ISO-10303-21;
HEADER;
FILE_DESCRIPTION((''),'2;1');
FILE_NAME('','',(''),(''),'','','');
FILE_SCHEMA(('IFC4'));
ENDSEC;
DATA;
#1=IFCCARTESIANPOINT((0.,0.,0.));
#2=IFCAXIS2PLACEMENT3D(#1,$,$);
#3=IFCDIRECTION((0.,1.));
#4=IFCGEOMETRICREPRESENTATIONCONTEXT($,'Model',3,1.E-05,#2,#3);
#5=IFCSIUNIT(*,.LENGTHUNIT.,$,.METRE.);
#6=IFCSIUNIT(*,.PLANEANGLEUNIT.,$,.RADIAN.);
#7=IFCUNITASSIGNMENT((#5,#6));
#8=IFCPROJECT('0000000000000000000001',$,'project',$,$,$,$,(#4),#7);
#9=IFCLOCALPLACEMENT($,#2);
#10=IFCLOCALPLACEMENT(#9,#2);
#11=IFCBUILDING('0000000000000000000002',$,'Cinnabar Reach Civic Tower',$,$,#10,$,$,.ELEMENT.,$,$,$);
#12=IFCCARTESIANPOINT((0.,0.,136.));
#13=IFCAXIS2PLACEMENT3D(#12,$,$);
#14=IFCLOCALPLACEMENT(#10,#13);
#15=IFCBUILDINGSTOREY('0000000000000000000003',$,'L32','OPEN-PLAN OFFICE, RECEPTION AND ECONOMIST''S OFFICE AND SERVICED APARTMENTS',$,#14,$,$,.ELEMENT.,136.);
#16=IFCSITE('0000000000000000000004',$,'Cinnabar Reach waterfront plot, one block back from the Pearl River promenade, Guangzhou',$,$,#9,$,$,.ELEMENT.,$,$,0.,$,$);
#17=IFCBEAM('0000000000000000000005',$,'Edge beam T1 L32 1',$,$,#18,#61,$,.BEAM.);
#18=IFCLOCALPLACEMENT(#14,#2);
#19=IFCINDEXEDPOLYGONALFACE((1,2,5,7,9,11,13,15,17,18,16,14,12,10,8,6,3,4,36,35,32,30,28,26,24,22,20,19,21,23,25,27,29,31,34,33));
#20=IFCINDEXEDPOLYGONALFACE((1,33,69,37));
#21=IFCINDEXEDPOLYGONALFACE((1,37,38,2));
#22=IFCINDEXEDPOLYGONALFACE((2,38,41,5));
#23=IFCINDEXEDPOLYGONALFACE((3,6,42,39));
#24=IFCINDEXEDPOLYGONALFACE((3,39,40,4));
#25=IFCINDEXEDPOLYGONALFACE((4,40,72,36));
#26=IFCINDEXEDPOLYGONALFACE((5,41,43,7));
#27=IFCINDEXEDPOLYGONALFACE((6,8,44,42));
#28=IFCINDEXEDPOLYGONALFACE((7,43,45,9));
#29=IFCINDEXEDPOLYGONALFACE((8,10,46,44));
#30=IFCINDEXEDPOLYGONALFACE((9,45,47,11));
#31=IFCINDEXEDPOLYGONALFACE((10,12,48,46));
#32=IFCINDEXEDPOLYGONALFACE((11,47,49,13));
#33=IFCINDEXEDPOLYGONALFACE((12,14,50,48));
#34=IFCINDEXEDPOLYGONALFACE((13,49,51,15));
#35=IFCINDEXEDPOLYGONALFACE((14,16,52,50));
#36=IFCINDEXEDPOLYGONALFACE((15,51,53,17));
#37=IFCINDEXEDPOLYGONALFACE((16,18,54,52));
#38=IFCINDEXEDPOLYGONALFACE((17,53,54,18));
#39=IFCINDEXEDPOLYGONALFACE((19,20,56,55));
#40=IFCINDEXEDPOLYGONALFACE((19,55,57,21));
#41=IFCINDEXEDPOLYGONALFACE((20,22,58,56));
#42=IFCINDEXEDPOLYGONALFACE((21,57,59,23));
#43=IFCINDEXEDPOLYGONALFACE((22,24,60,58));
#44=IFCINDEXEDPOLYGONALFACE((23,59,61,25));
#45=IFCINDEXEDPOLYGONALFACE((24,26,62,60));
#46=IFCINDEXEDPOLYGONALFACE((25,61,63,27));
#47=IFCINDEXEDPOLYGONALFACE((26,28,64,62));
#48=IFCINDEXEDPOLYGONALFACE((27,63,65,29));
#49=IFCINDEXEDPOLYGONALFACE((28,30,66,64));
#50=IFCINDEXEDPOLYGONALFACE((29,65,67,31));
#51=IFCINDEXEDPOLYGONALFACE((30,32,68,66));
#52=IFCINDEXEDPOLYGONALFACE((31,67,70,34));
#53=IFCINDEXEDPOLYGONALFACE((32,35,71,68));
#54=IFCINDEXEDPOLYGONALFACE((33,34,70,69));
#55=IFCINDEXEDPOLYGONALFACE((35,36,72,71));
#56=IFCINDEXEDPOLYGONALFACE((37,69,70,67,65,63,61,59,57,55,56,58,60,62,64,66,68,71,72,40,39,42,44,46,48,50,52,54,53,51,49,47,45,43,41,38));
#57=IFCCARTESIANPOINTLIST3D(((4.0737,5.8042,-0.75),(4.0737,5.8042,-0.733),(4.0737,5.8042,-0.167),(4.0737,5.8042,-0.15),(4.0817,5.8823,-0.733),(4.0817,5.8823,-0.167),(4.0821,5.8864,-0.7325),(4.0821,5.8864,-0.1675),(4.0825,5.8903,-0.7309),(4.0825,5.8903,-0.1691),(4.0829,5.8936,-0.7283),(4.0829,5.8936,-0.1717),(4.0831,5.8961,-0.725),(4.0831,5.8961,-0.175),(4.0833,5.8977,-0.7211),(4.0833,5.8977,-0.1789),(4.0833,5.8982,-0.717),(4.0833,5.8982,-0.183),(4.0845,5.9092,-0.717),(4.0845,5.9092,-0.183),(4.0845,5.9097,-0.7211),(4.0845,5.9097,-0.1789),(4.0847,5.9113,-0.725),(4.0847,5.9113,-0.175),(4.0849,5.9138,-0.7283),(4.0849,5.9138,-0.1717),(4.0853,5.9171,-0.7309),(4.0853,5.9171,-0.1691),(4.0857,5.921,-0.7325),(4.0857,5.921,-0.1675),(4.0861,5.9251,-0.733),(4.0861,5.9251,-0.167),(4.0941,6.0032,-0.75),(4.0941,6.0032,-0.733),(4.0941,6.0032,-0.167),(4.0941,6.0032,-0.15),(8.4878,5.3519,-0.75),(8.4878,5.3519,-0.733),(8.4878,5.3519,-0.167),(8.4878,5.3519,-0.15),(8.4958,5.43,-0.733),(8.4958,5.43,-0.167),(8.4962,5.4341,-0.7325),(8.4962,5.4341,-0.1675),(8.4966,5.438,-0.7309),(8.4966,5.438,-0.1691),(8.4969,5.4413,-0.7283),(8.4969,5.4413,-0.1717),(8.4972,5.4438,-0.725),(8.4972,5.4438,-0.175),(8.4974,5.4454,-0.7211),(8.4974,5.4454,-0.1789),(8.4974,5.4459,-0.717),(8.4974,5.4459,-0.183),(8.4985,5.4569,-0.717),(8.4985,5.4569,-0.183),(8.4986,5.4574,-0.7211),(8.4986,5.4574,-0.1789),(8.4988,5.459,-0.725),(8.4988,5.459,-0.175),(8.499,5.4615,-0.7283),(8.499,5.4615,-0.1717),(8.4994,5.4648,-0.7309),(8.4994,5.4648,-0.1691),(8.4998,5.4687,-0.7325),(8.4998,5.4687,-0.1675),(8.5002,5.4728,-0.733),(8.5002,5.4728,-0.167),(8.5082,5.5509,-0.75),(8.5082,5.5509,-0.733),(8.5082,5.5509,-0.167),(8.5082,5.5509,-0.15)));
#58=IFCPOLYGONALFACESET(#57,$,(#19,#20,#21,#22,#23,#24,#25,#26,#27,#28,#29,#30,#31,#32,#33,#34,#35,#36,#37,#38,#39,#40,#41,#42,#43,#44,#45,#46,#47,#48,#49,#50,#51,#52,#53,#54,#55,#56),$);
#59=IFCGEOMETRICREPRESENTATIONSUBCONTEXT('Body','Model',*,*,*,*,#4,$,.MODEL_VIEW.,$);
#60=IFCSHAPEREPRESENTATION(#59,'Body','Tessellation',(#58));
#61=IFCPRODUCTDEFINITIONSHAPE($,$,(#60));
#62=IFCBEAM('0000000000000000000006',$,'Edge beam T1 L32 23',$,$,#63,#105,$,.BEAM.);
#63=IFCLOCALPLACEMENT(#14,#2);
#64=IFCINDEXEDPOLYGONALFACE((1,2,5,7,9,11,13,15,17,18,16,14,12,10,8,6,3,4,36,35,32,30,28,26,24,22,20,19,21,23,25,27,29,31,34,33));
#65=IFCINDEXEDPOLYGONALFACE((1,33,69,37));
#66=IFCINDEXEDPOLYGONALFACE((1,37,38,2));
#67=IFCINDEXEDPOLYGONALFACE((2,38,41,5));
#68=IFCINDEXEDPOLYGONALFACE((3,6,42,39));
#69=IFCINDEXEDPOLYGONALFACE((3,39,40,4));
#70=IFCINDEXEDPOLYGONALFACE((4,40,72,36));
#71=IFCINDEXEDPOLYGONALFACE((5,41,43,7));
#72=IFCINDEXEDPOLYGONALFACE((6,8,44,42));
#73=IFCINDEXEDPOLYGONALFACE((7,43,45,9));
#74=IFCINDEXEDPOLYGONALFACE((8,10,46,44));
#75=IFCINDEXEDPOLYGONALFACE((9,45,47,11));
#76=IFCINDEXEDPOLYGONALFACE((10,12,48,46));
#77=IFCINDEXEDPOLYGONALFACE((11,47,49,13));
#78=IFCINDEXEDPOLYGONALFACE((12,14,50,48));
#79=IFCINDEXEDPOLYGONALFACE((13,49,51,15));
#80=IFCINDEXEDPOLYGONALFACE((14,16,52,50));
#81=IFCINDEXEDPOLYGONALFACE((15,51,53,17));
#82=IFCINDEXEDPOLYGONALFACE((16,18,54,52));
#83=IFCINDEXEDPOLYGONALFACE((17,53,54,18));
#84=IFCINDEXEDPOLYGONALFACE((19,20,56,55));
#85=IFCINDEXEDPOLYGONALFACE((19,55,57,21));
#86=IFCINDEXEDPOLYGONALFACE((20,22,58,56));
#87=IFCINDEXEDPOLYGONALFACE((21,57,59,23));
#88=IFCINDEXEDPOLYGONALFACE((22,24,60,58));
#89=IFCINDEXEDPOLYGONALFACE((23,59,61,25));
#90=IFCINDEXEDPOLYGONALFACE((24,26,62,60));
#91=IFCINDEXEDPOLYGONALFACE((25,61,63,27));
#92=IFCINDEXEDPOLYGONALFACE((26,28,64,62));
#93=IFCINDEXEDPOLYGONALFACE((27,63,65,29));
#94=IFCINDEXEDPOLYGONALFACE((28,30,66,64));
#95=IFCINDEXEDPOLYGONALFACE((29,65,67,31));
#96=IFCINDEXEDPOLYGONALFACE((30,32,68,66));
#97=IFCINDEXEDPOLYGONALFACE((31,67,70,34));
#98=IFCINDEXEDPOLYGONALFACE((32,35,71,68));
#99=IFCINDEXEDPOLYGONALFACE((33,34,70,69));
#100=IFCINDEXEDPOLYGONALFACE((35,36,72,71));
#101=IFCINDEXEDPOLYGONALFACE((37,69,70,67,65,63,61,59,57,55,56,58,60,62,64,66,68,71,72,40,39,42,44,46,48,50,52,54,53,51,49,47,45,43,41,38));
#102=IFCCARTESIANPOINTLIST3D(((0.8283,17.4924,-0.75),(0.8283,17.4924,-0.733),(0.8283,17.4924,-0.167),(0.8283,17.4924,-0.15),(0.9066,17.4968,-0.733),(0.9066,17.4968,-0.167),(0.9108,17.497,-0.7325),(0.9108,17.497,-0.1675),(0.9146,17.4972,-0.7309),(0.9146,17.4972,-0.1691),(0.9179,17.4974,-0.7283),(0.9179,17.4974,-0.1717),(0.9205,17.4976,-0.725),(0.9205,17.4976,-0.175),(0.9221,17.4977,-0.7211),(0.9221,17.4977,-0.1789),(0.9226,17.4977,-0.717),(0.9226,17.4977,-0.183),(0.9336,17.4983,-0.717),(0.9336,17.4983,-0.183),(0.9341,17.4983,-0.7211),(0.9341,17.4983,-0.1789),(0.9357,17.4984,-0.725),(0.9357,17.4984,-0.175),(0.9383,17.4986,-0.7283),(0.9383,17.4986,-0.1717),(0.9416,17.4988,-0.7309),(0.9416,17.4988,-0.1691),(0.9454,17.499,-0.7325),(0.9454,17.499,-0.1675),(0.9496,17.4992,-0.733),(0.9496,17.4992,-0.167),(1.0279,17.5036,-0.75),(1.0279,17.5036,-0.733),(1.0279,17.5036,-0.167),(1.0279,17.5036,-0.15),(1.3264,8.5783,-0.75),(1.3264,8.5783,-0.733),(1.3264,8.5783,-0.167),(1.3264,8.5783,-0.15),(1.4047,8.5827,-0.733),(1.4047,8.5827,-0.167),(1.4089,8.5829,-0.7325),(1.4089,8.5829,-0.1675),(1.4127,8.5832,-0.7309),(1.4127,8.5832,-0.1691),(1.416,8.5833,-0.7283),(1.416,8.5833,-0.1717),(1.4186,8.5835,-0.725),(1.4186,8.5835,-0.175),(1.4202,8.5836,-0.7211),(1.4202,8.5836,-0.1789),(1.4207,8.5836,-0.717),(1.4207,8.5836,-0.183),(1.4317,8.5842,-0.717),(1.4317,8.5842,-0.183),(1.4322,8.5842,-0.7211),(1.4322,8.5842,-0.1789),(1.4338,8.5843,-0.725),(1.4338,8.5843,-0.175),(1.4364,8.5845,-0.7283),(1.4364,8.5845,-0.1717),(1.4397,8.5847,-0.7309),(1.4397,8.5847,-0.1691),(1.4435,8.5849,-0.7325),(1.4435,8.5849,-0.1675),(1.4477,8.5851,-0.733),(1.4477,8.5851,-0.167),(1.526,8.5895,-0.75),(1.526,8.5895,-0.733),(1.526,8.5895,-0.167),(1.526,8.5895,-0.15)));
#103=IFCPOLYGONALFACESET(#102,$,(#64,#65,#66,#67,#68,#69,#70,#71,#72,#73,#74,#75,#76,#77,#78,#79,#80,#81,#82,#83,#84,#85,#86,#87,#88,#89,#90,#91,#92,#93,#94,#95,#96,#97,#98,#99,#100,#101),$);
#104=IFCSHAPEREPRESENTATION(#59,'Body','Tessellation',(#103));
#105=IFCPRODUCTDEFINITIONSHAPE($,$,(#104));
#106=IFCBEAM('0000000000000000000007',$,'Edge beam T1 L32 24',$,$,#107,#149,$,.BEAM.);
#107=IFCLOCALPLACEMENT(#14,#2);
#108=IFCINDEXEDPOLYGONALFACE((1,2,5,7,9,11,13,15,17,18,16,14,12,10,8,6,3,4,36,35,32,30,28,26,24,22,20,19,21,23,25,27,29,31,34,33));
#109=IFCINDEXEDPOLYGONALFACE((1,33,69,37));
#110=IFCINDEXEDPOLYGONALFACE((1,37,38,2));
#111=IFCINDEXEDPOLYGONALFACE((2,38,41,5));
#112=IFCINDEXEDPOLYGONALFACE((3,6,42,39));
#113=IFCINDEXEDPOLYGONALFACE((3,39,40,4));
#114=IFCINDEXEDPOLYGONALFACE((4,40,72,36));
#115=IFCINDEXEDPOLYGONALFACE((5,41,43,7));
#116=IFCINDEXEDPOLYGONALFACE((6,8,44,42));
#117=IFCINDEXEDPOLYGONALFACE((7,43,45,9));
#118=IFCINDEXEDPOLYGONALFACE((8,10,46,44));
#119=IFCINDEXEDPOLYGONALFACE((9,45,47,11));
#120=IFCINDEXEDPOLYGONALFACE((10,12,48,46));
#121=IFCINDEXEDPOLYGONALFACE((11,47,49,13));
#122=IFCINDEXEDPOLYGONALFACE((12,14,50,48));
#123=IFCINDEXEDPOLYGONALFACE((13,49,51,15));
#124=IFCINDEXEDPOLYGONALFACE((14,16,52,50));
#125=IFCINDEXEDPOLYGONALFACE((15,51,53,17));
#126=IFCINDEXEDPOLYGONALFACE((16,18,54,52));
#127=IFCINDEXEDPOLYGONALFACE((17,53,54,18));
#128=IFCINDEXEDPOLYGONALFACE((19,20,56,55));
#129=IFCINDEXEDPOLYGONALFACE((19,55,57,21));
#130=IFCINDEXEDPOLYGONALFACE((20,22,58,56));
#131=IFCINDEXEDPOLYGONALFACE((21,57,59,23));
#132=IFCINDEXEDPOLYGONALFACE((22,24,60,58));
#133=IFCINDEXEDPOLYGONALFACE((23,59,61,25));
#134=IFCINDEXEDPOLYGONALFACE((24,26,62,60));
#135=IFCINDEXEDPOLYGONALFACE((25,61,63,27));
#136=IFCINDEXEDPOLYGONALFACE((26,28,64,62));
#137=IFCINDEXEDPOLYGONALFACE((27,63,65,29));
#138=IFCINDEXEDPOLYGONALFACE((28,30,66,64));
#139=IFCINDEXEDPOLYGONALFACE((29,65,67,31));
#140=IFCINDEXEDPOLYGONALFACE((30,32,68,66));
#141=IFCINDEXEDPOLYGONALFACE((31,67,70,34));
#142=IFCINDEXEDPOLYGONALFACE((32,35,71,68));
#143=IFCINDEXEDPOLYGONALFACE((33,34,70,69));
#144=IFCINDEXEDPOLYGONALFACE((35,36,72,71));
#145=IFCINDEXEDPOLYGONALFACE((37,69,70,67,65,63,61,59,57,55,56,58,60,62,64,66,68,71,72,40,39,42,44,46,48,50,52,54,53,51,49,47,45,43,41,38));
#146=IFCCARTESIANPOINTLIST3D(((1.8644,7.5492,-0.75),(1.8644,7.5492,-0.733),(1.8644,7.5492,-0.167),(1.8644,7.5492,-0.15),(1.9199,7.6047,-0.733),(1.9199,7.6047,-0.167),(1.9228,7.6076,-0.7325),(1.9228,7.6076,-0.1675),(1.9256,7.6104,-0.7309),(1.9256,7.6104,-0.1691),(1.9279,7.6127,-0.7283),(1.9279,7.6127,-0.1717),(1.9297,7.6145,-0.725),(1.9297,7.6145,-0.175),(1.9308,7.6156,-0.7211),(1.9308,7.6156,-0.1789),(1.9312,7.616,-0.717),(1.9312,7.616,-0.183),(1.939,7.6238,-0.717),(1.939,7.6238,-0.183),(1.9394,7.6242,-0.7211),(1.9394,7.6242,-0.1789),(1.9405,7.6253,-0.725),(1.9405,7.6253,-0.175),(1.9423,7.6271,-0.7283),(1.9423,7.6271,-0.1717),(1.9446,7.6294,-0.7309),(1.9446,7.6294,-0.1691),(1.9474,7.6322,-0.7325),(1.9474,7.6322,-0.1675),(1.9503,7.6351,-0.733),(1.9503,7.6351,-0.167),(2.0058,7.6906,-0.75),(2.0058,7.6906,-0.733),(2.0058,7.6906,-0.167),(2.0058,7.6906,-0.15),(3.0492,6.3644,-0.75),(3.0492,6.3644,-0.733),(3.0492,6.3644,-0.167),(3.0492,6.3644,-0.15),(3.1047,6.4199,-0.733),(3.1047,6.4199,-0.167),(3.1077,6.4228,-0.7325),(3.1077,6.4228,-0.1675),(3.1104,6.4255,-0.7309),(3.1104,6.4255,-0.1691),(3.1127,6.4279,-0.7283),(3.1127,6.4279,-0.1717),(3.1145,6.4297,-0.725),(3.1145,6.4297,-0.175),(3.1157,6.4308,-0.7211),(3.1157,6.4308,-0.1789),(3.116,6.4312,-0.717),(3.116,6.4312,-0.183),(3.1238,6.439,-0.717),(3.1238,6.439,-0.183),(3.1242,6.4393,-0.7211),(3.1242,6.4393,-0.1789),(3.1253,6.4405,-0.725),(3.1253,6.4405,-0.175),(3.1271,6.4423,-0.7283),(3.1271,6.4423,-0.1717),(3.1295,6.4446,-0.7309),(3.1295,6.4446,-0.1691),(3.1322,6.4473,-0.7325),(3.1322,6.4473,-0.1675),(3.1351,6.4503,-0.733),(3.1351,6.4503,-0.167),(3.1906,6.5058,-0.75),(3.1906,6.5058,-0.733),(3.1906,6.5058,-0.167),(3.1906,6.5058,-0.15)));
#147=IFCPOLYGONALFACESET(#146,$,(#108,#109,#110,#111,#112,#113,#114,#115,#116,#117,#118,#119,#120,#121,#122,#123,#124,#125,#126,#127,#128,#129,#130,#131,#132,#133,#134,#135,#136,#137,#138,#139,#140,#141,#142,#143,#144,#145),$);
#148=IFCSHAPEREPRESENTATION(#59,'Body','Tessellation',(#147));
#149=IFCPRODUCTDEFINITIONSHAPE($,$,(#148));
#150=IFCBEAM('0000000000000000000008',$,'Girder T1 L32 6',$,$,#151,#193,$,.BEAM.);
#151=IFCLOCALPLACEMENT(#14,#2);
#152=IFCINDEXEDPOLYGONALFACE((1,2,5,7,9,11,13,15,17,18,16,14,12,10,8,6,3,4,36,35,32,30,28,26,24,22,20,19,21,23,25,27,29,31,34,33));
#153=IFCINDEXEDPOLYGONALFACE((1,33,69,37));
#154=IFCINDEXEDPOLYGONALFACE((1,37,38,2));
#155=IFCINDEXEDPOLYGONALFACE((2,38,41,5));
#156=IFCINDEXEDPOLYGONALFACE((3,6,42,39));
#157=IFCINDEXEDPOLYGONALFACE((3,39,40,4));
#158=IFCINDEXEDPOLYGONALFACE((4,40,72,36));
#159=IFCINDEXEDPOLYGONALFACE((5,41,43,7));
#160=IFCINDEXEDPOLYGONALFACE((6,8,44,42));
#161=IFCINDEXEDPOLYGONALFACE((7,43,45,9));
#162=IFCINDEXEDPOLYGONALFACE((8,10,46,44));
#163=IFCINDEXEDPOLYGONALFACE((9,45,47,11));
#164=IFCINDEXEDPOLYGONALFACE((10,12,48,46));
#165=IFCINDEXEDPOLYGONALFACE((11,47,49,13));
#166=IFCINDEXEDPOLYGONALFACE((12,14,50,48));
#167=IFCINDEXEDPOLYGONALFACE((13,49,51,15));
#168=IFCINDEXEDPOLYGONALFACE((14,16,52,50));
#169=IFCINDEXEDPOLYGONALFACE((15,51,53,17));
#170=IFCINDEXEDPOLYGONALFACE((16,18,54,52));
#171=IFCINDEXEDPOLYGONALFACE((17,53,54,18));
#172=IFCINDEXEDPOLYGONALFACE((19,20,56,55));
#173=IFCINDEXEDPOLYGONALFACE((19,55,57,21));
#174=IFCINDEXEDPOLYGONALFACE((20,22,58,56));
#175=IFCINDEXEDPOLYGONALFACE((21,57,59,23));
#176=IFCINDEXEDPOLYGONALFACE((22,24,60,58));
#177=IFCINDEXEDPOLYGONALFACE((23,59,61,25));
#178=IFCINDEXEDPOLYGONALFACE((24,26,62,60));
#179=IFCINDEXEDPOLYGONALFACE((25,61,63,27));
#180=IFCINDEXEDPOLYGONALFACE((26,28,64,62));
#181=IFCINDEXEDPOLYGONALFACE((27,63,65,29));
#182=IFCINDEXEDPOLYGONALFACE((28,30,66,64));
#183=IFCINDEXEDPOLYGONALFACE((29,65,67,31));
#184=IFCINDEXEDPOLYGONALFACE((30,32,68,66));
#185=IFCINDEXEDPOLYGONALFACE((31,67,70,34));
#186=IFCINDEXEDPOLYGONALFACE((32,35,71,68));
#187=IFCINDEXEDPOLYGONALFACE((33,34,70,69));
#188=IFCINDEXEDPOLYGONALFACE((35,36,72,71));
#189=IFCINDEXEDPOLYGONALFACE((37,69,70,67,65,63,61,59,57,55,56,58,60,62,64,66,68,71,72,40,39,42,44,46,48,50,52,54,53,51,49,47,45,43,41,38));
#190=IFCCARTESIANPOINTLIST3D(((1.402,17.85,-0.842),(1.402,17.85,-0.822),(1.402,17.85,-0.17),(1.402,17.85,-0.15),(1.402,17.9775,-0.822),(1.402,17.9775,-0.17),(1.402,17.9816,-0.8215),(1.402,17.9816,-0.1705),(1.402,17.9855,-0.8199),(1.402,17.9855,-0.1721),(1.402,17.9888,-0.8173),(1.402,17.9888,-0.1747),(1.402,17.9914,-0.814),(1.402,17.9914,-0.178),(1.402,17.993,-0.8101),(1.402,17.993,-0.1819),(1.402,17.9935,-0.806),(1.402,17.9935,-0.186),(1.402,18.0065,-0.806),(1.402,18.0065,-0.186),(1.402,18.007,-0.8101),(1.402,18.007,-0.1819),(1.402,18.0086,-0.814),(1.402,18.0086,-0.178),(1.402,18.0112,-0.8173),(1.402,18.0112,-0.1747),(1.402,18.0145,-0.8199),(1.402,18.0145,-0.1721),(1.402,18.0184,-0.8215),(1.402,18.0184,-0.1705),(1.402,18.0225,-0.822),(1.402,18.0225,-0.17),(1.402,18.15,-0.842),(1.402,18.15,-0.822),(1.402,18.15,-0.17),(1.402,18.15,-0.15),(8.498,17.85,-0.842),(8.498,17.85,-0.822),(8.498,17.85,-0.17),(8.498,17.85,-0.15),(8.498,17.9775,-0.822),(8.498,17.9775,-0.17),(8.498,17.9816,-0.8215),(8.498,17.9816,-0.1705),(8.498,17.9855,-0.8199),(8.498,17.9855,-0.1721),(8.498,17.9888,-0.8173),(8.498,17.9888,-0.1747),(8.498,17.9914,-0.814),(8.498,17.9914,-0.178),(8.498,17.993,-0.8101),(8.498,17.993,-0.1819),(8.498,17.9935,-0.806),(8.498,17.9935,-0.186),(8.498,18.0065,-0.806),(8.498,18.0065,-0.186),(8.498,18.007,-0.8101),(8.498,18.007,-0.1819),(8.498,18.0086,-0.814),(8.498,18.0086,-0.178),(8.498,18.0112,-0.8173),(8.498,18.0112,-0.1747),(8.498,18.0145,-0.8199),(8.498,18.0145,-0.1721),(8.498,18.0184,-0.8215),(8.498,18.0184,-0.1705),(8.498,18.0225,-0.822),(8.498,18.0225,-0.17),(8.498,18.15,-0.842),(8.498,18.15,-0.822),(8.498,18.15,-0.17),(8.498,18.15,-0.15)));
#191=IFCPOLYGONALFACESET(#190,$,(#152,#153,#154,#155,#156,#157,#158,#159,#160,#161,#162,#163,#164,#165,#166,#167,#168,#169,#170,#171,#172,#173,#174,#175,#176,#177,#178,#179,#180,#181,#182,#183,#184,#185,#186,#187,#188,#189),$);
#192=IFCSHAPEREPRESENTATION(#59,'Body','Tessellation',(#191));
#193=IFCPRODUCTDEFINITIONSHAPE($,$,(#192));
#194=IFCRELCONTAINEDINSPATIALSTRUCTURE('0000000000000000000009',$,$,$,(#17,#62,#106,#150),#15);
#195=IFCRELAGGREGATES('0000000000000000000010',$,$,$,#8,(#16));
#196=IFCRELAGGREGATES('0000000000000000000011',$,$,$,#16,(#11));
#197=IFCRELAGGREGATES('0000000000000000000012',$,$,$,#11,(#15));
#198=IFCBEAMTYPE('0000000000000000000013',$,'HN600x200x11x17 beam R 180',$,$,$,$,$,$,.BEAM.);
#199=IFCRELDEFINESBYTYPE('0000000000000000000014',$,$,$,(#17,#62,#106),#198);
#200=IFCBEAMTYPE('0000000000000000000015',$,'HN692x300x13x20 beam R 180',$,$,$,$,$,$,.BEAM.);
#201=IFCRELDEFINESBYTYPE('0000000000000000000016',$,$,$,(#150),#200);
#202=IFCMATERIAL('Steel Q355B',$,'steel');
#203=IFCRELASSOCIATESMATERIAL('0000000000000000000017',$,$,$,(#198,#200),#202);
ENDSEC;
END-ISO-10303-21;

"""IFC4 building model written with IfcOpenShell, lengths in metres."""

from ifc_helpers import new_model, si_unit, direction, frame, origin, origin_2d, place, context, subcontext, project, spatial, i_section, extrude, material, material_profile, profile_set, type_object, element, save


model = new_model("IFC4")

# Units and contexts
model_context = context("Model", 3, precision=1e-05, world=origin(), true_north=direction((0.0, 1.0)))
body_context = subcontext(model_context, "Body", "Model", "MODEL_VIEW")
ifc_project = project(units=[si_unit("LENGTHUNIT", "METRE"), si_unit("PLANEANGLEUNIT", "RADIAN")], contexts=[model_context])

# Site, building, storey
site_placement = place(None, origin())
site = spatial("IfcSite", under=ifc_project, at=site_placement, Name="Cinnabar Reach waterfront plot, one block back from the Pearl River promenade, Guangzhou", CompositionType="ELEMENT", RefElevation=0.0)
building_placement = place(site_placement, origin())
building = spatial("IfcBuilding", under=site, at=building_placement, Name="Cinnabar Reach Civic Tower", CompositionType="ELEMENT")
storey_placement = place(building_placement, frame((0.0, 0.0, 136.0)))
storey = spatial("IfcBuildingStorey", under=building, at=storey_placement, Name="L32", Description="OPEN-PLAN OFFICE, RECEPTION AND ECONOMIST'S OFFICE AND SERVICED APARTMENTS", CompositionType="ELEMENT", Elevation=136.0)

# Beams
ifc_material_1 = material(Name="Steel Q355B", Category="steel")
ifc_material_profile_1 = material_profile(ifc_material_1, i_section(OverallWidth=0.2, OverallDepth=0.6, WebThickness=0.011, FlangeThickness=0.017, FilletRadius=0.016, at=origin_2d()), Name="HN600x200x11x17")
ifc_profile_set_1 = profile_set([ifc_material_profile_1], Name="Steel Q355B")
beam_type_1 = type_object("IfcBeamType", Name="HN600x200x11x17 beam R 180", PredefinedType="BEAM", material=ifc_profile_set_1)
beam_1_placement = place(storey_placement, frame((4.0839, 5.9037, -0.45), z_axis=(0.994791, -0.101933, 0.0), x_axis=(0.101933, 0.994791, 0.0)))
element("IfcBeam", 1, at=beam_1_placement, inside=storey, type_object=beam_type_1, Name="Edge beam T1 L32 1", PredefinedType="BEAM", context=body_context, shape_type="SweptSolid", body=[
    extrude(i_section(OverallWidth=0.2, OverallDepth=0.6, WebThickness=0.011, FlangeThickness=0.017, FilletRadius=0.016, at=origin_2d()), origin(), (0.0, 0.0, 1.0), 4.4372),
])
beam_2_placement = place(storey_placement, frame((0.9281, 17.498, -0.45), z_axis=(0.055791, -0.998442, 0.0), x_axis=(0.998442, 0.055791, 0.0)))
element("IfcBeam", 2, at=beam_2_placement, inside=storey, type_object=beam_type_1, Name="Edge beam T1 L32 23", PredefinedType="BEAM", context=body_context, shape_type="SweptSolid", body=[
    extrude(i_section(OverallWidth=0.2, OverallDepth=0.6, WebThickness=0.011, FlangeThickness=0.017, FilletRadius=0.016, at=origin_2d()), origin(), (0.0, 0.0, 1.0), 8.928),
])
beam_3_placement = place(storey_placement, frame((1.9351, 7.6199, -0.45), z_axis=(0.707107, -0.707107, 0.0), x_axis=(0.707107, 0.707107, 0.0)))
element("IfcBeam", 3, at=beam_3_placement, inside=storey, type_object=beam_type_1, Name="Edge beam T1 L32 24", PredefinedType="BEAM", context=body_context, shape_type="SweptSolid", body=[
    extrude(i_section(OverallWidth=0.2, OverallDepth=0.6, WebThickness=0.011, FlangeThickness=0.017, FilletRadius=0.016, at=origin_2d()), origin(), (0.0, 0.0, 1.0), 1.6756),
])
ifc_material_profile_2 = material_profile(ifc_material_1, i_section(OverallWidth=0.3, OverallDepth=0.692, WebThickness=0.013, FlangeThickness=0.02, FilletRadius=0.016, at=origin_2d()), Name="HN692x300x13x20")
ifc_profile_set_2 = profile_set([ifc_material_profile_2], Name="Steel Q355B")
beam_type_2 = type_object("IfcBeamType", Name="HN692x300x13x20 beam R 180", PredefinedType="BEAM", material=ifc_profile_set_2)
beam_4_placement = place(storey_placement, frame((1.402, 18.0, -0.496), z_axis=(1.0, 0.0, 0.0), x_axis=(0.0, 1.0, 0.0)))
element("IfcBeam", 4, at=beam_4_placement, inside=storey, type_object=beam_type_2, Name="Girder T1 L32 6", PredefinedType="BEAM", context=body_context, shape_type="SweptSolid", body=[
    extrude(i_section(OverallWidth=0.3, OverallDepth=0.692, WebThickness=0.013, FlangeThickness=0.02, FilletRadius=0.016, at=origin_2d()), origin(), (0.0, 0.0, 1.0), 7.096),
])

save(model, "model.ifc")
